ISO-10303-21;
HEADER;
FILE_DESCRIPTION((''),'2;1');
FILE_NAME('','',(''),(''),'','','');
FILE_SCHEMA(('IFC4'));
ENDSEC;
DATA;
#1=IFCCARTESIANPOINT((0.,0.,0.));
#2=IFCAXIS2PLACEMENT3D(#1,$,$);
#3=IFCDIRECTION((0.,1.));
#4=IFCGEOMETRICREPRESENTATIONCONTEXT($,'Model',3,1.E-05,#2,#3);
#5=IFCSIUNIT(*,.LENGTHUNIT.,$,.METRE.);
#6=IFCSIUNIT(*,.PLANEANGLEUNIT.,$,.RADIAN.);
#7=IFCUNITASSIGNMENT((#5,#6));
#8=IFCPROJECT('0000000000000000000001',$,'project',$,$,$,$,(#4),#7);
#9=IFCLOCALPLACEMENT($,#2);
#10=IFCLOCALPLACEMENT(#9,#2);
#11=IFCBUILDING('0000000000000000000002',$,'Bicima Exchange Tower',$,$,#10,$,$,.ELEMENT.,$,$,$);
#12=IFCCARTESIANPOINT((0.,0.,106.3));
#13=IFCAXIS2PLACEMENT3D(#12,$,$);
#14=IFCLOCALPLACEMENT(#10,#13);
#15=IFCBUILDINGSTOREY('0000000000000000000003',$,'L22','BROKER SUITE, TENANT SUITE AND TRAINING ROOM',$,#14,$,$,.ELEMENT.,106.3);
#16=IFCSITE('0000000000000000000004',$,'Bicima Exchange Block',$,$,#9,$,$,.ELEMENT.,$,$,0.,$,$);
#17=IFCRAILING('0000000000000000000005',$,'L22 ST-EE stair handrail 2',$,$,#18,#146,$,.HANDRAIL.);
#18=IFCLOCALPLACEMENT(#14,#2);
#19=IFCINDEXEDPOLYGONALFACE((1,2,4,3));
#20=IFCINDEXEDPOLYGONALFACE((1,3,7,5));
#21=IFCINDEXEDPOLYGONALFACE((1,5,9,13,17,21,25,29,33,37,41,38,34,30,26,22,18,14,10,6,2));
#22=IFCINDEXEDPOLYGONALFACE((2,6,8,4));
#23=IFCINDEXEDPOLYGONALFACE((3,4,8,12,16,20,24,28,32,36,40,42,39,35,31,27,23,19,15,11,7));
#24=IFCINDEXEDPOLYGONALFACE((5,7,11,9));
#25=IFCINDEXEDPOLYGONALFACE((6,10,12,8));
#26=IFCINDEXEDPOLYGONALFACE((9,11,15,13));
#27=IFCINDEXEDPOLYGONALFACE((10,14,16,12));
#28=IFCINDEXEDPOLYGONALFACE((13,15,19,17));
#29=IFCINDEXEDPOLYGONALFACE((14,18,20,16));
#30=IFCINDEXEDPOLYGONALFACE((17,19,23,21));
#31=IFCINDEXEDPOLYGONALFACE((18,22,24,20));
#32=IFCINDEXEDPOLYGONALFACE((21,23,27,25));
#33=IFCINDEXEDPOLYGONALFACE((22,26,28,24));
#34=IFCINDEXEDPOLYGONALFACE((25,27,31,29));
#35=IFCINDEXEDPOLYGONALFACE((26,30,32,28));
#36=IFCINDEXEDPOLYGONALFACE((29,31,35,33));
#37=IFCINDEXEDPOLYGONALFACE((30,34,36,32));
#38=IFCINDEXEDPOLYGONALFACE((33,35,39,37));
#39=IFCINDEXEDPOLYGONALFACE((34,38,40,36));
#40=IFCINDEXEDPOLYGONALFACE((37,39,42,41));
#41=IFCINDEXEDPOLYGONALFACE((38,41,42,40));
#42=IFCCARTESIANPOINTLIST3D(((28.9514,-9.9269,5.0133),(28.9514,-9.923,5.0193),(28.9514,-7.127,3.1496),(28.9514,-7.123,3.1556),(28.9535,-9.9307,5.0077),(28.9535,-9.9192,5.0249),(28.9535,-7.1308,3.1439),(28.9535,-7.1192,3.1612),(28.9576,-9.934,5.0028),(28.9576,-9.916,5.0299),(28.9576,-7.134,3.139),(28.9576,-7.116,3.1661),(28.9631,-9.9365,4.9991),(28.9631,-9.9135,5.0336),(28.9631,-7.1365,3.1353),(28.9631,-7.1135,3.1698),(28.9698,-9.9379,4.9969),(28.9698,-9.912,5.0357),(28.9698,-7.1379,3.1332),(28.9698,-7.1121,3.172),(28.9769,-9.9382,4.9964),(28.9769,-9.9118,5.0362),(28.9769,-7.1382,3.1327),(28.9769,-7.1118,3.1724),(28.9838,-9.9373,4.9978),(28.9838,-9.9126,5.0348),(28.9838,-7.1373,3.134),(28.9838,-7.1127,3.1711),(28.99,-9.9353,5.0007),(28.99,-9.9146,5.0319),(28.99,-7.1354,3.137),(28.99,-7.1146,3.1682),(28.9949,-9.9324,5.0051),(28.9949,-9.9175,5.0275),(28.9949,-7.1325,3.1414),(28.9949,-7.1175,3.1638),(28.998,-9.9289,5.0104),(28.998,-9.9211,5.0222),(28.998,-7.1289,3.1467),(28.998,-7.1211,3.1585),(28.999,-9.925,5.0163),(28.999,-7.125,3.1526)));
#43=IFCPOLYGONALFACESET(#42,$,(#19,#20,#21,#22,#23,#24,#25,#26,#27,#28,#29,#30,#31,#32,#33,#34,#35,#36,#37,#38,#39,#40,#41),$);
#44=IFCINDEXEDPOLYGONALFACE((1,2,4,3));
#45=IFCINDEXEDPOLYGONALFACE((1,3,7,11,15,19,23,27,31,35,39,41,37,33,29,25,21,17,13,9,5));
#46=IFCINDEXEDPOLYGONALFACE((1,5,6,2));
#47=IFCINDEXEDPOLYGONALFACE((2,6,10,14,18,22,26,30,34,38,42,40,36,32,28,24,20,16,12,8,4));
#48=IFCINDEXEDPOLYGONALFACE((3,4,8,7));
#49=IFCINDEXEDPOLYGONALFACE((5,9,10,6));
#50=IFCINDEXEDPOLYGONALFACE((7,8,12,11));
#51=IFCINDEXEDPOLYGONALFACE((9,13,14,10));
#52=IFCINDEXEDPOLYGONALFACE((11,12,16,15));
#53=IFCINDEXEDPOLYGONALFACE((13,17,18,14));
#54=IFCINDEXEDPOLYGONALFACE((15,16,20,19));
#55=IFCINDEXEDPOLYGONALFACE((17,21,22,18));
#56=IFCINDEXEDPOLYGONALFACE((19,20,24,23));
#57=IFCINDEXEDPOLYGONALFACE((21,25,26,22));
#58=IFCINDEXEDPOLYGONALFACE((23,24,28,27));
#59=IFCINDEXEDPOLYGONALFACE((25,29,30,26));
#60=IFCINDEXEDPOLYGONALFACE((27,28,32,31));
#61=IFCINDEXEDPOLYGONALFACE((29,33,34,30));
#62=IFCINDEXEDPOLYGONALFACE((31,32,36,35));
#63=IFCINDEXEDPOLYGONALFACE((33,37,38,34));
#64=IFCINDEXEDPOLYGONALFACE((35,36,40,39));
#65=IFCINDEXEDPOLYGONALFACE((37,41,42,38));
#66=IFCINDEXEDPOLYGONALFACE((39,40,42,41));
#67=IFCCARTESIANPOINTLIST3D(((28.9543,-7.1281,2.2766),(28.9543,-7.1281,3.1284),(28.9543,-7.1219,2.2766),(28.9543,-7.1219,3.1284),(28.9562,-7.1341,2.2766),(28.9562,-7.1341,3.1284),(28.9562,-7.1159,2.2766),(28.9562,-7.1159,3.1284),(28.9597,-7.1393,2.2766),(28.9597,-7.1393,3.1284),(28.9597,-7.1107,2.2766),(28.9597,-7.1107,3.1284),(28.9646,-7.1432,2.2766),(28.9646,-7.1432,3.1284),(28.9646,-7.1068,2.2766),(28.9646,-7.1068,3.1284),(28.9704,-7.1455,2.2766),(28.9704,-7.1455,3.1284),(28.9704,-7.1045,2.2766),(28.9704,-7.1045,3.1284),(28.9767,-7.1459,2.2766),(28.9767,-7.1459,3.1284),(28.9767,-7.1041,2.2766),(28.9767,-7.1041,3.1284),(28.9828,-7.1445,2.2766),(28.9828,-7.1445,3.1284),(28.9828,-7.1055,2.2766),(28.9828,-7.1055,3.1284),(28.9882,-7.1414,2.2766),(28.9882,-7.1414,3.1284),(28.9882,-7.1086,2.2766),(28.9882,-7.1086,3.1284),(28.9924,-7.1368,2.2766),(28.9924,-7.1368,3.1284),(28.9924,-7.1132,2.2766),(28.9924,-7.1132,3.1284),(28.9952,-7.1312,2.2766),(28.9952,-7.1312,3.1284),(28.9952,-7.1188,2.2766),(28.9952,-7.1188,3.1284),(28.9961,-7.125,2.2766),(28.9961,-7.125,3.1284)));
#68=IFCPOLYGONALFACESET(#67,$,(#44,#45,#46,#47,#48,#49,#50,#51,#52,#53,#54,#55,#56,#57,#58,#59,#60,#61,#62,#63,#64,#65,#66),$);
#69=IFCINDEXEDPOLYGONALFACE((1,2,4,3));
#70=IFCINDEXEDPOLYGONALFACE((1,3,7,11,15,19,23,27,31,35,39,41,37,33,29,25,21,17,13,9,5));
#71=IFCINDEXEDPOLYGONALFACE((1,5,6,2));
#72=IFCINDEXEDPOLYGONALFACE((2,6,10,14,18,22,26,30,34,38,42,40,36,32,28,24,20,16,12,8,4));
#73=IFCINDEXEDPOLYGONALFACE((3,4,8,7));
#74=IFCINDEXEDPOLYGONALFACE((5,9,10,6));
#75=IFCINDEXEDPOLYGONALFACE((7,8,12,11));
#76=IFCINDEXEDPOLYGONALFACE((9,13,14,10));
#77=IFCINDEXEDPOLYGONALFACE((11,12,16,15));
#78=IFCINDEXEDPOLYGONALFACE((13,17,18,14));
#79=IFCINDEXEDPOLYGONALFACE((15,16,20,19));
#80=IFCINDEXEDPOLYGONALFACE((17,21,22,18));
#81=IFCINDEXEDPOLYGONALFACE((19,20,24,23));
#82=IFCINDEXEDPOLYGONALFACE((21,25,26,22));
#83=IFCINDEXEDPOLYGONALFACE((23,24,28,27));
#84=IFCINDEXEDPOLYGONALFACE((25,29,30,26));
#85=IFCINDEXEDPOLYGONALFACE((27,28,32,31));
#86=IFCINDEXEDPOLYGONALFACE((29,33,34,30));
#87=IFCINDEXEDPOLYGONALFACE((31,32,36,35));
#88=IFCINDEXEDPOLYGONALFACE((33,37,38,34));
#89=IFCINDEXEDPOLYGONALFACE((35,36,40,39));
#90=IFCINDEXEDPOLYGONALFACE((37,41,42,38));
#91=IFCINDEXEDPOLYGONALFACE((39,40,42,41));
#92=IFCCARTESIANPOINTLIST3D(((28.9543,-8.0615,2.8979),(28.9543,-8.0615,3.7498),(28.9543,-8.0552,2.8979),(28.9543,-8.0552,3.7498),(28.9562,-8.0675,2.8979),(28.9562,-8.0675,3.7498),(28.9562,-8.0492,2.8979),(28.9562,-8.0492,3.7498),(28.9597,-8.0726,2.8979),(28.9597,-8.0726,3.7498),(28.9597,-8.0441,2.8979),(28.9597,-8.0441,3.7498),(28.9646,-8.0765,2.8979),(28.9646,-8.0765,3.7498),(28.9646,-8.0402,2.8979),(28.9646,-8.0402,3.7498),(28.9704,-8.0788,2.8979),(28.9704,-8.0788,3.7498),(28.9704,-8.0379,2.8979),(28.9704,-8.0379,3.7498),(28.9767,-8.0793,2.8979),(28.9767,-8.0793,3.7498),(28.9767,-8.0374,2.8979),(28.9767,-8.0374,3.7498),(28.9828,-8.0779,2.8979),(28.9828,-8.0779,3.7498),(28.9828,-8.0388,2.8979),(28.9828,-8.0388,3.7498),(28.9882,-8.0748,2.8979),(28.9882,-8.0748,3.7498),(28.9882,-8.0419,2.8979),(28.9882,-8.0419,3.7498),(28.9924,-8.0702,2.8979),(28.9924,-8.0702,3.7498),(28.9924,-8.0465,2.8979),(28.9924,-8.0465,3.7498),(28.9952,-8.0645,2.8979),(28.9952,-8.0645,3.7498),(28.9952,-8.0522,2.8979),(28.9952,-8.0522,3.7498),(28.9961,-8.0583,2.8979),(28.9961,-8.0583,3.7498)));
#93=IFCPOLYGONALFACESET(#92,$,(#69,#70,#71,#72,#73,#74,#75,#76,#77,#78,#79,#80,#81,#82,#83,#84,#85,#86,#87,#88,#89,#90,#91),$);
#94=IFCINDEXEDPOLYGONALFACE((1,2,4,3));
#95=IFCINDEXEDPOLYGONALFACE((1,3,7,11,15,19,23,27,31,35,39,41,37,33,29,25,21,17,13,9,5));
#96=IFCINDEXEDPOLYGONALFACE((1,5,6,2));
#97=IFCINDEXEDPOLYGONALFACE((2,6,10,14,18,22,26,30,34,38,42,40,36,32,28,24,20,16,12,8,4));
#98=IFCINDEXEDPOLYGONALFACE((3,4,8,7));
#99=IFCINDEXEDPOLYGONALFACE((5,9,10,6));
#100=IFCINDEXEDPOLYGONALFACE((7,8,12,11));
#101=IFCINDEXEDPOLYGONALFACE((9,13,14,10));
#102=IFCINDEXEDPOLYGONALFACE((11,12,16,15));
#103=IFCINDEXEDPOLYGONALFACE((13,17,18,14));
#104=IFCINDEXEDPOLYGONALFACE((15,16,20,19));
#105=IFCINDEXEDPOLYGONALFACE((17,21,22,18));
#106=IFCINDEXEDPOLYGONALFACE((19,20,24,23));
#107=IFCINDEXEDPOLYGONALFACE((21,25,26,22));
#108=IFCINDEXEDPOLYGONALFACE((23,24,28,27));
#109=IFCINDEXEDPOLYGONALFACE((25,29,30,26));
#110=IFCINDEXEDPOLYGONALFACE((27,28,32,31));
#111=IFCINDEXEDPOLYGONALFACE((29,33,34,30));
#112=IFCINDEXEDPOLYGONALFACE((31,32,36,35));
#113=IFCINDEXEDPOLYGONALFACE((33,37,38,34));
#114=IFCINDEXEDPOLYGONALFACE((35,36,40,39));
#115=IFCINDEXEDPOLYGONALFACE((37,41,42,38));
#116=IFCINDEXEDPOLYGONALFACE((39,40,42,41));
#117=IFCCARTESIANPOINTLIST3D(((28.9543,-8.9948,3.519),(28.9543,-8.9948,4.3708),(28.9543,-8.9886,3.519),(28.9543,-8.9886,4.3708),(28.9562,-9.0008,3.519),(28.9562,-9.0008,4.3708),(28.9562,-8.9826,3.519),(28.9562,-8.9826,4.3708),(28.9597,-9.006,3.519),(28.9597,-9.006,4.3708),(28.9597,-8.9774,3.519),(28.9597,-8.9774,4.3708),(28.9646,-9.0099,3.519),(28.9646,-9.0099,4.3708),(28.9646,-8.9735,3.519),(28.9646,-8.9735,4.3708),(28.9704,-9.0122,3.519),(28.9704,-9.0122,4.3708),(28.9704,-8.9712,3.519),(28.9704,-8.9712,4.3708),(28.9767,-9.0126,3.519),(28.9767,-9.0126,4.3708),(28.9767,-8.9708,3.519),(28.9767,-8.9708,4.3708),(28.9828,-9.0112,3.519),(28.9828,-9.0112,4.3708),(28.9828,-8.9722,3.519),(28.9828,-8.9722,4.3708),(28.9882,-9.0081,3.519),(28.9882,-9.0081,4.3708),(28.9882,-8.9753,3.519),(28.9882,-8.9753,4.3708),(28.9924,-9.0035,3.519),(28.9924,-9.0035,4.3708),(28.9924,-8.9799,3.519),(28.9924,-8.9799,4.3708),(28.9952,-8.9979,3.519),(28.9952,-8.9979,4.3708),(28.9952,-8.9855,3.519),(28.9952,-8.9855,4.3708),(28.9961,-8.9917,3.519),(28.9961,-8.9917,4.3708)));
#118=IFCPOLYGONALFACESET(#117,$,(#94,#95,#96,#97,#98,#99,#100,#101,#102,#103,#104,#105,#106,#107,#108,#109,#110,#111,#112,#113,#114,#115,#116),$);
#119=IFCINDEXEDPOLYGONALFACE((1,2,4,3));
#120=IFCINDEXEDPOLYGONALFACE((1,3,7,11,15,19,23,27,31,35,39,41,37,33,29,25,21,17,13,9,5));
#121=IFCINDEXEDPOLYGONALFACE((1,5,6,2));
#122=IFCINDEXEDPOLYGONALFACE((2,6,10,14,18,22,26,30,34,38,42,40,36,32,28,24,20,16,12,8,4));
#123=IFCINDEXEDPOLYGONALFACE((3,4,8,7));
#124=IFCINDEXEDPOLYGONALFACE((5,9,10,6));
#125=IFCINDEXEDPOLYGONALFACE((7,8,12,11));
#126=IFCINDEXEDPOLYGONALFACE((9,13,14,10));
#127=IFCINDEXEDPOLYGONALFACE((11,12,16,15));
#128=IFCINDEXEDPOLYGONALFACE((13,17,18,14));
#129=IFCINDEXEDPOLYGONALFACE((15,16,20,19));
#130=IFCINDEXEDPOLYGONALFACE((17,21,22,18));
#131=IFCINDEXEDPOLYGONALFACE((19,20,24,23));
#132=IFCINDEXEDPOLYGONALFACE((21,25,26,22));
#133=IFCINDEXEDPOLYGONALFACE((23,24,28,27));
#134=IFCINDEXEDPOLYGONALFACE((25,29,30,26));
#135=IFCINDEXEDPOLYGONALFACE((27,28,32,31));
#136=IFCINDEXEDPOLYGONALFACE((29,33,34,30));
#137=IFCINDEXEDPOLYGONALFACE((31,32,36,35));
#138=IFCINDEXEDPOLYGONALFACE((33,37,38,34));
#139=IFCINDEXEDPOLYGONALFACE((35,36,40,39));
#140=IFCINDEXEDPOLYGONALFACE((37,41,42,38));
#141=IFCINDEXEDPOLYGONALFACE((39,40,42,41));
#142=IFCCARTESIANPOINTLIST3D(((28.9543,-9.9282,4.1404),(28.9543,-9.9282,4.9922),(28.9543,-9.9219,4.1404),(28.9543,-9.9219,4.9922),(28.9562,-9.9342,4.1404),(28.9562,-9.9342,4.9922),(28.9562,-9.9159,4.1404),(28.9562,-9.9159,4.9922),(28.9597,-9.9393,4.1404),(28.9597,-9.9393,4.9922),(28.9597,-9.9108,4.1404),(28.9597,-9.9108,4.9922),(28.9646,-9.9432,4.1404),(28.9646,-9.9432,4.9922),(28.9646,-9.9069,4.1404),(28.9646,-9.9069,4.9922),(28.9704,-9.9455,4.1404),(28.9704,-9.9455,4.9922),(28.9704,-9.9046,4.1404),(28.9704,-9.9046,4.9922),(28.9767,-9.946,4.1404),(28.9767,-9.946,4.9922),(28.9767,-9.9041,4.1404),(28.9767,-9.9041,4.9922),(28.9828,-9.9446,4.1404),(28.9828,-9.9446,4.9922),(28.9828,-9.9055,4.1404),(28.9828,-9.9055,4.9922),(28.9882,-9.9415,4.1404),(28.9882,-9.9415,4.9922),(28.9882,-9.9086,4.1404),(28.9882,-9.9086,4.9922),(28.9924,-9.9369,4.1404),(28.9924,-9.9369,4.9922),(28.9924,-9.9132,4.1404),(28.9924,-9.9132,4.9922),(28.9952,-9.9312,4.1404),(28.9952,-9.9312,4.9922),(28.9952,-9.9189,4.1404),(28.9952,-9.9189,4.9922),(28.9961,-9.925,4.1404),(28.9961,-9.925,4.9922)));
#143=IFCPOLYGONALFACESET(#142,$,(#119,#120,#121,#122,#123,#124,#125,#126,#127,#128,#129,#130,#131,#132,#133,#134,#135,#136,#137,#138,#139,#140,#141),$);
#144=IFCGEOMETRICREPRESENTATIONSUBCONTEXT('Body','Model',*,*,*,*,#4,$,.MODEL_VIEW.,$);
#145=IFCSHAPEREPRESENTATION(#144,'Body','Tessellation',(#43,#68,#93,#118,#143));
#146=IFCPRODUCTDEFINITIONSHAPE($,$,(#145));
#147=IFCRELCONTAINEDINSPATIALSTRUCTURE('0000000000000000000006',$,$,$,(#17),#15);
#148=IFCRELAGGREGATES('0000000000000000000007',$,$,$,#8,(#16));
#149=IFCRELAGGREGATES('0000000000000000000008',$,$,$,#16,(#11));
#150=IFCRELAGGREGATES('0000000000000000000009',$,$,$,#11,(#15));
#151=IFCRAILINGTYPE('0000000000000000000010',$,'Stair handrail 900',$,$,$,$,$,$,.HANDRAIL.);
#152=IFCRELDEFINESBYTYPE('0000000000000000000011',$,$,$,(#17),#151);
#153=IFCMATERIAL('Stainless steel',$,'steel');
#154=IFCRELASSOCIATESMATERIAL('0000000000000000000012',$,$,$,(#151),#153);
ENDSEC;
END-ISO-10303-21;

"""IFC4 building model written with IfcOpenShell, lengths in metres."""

from ifc_helpers import new_model, si_unit, direction, frame, origin, origin_2d, place, context, subcontext, project, spatial, circle, extrude, material, type_object, element, save


model = new_model("IFC4")

# Units and contexts
model_context = context("Model", 3, precision=1e-05, world=origin(), true_north=direction((0.0, 1.0)))
body_context = subcontext(model_context, "Body", "Model", "MODEL_VIEW")
ifc_project = project(units=[si_unit("LENGTHUNIT", "METRE"), si_unit("PLANEANGLEUNIT", "RADIAN")], contexts=[model_context])

# Site, building, storey
site_placement = place(None, origin())
site = spatial("IfcSite", under=ifc_project, at=site_placement, Name="Bicima Exchange Block", CompositionType="ELEMENT", RefElevation=0.0)
building_placement = place(site_placement, origin())
building = spatial("IfcBuilding", under=site, at=building_placement, Name="Bicima Exchange Tower", CompositionType="ELEMENT")
storey_placement = place(building_placement, frame((0.0, 0.0, 106.3)))
storey = spatial("IfcBuildingStorey", under=building, at=storey_placement, Name="L22", Description="BROKER SUITE, TENANT SUITE AND TRAINING ROOM", CompositionType="ELEMENT", Elevation=106.3)

# Railing
ifc_material_1 = material(Name="Stainless steel", Category="steel")
railing_type = type_object("IfcRailingType", Name="Stair handrail 900", PredefinedType="HANDRAIL", material=ifc_material_1)
railing_1_placement = place(storey_placement, frame((28.9751, -7.125, 2.2766)))
element("IfcRailing", 1, at=railing_1_placement, inside=storey, type_object=railing_type, Name="L22 ST-EE stair handrail 2", PredefinedType="HANDRAIL", context=body_context, shape_type="SweptSolid", body=[
    extrude(circle(Radius=0.0239, at=origin_2d()), frame((0.0, 0.0, 0.876), z_axis=(0.0, -0.832452, 0.554097), x_axis=(1.0, 0.0, 0.0)), (0.0, 0.0, 1.0), 3.3635),
    extrude(circle(Radius=0.021, at=origin_2d()), origin(), (0.0, 0.0, 1.0), 0.8518),
    extrude(circle(Radius=0.021, at=origin_2d()), frame((0.0, -0.9333, 0.6213)), (0.0, 0.0, 1.0), 0.8518),
    extrude(circle(Radius=0.021, at=origin_2d()), frame((0.0, -1.8667, 1.2424)), (0.0, 0.0, 1.0), 0.8518),
    extrude(circle(Radius=0.021, at=origin_2d()), frame((0.0, -2.8, 1.8638)), (0.0, 0.0, 1.0), 0.8518),
])

save(model, "model.ifc")
